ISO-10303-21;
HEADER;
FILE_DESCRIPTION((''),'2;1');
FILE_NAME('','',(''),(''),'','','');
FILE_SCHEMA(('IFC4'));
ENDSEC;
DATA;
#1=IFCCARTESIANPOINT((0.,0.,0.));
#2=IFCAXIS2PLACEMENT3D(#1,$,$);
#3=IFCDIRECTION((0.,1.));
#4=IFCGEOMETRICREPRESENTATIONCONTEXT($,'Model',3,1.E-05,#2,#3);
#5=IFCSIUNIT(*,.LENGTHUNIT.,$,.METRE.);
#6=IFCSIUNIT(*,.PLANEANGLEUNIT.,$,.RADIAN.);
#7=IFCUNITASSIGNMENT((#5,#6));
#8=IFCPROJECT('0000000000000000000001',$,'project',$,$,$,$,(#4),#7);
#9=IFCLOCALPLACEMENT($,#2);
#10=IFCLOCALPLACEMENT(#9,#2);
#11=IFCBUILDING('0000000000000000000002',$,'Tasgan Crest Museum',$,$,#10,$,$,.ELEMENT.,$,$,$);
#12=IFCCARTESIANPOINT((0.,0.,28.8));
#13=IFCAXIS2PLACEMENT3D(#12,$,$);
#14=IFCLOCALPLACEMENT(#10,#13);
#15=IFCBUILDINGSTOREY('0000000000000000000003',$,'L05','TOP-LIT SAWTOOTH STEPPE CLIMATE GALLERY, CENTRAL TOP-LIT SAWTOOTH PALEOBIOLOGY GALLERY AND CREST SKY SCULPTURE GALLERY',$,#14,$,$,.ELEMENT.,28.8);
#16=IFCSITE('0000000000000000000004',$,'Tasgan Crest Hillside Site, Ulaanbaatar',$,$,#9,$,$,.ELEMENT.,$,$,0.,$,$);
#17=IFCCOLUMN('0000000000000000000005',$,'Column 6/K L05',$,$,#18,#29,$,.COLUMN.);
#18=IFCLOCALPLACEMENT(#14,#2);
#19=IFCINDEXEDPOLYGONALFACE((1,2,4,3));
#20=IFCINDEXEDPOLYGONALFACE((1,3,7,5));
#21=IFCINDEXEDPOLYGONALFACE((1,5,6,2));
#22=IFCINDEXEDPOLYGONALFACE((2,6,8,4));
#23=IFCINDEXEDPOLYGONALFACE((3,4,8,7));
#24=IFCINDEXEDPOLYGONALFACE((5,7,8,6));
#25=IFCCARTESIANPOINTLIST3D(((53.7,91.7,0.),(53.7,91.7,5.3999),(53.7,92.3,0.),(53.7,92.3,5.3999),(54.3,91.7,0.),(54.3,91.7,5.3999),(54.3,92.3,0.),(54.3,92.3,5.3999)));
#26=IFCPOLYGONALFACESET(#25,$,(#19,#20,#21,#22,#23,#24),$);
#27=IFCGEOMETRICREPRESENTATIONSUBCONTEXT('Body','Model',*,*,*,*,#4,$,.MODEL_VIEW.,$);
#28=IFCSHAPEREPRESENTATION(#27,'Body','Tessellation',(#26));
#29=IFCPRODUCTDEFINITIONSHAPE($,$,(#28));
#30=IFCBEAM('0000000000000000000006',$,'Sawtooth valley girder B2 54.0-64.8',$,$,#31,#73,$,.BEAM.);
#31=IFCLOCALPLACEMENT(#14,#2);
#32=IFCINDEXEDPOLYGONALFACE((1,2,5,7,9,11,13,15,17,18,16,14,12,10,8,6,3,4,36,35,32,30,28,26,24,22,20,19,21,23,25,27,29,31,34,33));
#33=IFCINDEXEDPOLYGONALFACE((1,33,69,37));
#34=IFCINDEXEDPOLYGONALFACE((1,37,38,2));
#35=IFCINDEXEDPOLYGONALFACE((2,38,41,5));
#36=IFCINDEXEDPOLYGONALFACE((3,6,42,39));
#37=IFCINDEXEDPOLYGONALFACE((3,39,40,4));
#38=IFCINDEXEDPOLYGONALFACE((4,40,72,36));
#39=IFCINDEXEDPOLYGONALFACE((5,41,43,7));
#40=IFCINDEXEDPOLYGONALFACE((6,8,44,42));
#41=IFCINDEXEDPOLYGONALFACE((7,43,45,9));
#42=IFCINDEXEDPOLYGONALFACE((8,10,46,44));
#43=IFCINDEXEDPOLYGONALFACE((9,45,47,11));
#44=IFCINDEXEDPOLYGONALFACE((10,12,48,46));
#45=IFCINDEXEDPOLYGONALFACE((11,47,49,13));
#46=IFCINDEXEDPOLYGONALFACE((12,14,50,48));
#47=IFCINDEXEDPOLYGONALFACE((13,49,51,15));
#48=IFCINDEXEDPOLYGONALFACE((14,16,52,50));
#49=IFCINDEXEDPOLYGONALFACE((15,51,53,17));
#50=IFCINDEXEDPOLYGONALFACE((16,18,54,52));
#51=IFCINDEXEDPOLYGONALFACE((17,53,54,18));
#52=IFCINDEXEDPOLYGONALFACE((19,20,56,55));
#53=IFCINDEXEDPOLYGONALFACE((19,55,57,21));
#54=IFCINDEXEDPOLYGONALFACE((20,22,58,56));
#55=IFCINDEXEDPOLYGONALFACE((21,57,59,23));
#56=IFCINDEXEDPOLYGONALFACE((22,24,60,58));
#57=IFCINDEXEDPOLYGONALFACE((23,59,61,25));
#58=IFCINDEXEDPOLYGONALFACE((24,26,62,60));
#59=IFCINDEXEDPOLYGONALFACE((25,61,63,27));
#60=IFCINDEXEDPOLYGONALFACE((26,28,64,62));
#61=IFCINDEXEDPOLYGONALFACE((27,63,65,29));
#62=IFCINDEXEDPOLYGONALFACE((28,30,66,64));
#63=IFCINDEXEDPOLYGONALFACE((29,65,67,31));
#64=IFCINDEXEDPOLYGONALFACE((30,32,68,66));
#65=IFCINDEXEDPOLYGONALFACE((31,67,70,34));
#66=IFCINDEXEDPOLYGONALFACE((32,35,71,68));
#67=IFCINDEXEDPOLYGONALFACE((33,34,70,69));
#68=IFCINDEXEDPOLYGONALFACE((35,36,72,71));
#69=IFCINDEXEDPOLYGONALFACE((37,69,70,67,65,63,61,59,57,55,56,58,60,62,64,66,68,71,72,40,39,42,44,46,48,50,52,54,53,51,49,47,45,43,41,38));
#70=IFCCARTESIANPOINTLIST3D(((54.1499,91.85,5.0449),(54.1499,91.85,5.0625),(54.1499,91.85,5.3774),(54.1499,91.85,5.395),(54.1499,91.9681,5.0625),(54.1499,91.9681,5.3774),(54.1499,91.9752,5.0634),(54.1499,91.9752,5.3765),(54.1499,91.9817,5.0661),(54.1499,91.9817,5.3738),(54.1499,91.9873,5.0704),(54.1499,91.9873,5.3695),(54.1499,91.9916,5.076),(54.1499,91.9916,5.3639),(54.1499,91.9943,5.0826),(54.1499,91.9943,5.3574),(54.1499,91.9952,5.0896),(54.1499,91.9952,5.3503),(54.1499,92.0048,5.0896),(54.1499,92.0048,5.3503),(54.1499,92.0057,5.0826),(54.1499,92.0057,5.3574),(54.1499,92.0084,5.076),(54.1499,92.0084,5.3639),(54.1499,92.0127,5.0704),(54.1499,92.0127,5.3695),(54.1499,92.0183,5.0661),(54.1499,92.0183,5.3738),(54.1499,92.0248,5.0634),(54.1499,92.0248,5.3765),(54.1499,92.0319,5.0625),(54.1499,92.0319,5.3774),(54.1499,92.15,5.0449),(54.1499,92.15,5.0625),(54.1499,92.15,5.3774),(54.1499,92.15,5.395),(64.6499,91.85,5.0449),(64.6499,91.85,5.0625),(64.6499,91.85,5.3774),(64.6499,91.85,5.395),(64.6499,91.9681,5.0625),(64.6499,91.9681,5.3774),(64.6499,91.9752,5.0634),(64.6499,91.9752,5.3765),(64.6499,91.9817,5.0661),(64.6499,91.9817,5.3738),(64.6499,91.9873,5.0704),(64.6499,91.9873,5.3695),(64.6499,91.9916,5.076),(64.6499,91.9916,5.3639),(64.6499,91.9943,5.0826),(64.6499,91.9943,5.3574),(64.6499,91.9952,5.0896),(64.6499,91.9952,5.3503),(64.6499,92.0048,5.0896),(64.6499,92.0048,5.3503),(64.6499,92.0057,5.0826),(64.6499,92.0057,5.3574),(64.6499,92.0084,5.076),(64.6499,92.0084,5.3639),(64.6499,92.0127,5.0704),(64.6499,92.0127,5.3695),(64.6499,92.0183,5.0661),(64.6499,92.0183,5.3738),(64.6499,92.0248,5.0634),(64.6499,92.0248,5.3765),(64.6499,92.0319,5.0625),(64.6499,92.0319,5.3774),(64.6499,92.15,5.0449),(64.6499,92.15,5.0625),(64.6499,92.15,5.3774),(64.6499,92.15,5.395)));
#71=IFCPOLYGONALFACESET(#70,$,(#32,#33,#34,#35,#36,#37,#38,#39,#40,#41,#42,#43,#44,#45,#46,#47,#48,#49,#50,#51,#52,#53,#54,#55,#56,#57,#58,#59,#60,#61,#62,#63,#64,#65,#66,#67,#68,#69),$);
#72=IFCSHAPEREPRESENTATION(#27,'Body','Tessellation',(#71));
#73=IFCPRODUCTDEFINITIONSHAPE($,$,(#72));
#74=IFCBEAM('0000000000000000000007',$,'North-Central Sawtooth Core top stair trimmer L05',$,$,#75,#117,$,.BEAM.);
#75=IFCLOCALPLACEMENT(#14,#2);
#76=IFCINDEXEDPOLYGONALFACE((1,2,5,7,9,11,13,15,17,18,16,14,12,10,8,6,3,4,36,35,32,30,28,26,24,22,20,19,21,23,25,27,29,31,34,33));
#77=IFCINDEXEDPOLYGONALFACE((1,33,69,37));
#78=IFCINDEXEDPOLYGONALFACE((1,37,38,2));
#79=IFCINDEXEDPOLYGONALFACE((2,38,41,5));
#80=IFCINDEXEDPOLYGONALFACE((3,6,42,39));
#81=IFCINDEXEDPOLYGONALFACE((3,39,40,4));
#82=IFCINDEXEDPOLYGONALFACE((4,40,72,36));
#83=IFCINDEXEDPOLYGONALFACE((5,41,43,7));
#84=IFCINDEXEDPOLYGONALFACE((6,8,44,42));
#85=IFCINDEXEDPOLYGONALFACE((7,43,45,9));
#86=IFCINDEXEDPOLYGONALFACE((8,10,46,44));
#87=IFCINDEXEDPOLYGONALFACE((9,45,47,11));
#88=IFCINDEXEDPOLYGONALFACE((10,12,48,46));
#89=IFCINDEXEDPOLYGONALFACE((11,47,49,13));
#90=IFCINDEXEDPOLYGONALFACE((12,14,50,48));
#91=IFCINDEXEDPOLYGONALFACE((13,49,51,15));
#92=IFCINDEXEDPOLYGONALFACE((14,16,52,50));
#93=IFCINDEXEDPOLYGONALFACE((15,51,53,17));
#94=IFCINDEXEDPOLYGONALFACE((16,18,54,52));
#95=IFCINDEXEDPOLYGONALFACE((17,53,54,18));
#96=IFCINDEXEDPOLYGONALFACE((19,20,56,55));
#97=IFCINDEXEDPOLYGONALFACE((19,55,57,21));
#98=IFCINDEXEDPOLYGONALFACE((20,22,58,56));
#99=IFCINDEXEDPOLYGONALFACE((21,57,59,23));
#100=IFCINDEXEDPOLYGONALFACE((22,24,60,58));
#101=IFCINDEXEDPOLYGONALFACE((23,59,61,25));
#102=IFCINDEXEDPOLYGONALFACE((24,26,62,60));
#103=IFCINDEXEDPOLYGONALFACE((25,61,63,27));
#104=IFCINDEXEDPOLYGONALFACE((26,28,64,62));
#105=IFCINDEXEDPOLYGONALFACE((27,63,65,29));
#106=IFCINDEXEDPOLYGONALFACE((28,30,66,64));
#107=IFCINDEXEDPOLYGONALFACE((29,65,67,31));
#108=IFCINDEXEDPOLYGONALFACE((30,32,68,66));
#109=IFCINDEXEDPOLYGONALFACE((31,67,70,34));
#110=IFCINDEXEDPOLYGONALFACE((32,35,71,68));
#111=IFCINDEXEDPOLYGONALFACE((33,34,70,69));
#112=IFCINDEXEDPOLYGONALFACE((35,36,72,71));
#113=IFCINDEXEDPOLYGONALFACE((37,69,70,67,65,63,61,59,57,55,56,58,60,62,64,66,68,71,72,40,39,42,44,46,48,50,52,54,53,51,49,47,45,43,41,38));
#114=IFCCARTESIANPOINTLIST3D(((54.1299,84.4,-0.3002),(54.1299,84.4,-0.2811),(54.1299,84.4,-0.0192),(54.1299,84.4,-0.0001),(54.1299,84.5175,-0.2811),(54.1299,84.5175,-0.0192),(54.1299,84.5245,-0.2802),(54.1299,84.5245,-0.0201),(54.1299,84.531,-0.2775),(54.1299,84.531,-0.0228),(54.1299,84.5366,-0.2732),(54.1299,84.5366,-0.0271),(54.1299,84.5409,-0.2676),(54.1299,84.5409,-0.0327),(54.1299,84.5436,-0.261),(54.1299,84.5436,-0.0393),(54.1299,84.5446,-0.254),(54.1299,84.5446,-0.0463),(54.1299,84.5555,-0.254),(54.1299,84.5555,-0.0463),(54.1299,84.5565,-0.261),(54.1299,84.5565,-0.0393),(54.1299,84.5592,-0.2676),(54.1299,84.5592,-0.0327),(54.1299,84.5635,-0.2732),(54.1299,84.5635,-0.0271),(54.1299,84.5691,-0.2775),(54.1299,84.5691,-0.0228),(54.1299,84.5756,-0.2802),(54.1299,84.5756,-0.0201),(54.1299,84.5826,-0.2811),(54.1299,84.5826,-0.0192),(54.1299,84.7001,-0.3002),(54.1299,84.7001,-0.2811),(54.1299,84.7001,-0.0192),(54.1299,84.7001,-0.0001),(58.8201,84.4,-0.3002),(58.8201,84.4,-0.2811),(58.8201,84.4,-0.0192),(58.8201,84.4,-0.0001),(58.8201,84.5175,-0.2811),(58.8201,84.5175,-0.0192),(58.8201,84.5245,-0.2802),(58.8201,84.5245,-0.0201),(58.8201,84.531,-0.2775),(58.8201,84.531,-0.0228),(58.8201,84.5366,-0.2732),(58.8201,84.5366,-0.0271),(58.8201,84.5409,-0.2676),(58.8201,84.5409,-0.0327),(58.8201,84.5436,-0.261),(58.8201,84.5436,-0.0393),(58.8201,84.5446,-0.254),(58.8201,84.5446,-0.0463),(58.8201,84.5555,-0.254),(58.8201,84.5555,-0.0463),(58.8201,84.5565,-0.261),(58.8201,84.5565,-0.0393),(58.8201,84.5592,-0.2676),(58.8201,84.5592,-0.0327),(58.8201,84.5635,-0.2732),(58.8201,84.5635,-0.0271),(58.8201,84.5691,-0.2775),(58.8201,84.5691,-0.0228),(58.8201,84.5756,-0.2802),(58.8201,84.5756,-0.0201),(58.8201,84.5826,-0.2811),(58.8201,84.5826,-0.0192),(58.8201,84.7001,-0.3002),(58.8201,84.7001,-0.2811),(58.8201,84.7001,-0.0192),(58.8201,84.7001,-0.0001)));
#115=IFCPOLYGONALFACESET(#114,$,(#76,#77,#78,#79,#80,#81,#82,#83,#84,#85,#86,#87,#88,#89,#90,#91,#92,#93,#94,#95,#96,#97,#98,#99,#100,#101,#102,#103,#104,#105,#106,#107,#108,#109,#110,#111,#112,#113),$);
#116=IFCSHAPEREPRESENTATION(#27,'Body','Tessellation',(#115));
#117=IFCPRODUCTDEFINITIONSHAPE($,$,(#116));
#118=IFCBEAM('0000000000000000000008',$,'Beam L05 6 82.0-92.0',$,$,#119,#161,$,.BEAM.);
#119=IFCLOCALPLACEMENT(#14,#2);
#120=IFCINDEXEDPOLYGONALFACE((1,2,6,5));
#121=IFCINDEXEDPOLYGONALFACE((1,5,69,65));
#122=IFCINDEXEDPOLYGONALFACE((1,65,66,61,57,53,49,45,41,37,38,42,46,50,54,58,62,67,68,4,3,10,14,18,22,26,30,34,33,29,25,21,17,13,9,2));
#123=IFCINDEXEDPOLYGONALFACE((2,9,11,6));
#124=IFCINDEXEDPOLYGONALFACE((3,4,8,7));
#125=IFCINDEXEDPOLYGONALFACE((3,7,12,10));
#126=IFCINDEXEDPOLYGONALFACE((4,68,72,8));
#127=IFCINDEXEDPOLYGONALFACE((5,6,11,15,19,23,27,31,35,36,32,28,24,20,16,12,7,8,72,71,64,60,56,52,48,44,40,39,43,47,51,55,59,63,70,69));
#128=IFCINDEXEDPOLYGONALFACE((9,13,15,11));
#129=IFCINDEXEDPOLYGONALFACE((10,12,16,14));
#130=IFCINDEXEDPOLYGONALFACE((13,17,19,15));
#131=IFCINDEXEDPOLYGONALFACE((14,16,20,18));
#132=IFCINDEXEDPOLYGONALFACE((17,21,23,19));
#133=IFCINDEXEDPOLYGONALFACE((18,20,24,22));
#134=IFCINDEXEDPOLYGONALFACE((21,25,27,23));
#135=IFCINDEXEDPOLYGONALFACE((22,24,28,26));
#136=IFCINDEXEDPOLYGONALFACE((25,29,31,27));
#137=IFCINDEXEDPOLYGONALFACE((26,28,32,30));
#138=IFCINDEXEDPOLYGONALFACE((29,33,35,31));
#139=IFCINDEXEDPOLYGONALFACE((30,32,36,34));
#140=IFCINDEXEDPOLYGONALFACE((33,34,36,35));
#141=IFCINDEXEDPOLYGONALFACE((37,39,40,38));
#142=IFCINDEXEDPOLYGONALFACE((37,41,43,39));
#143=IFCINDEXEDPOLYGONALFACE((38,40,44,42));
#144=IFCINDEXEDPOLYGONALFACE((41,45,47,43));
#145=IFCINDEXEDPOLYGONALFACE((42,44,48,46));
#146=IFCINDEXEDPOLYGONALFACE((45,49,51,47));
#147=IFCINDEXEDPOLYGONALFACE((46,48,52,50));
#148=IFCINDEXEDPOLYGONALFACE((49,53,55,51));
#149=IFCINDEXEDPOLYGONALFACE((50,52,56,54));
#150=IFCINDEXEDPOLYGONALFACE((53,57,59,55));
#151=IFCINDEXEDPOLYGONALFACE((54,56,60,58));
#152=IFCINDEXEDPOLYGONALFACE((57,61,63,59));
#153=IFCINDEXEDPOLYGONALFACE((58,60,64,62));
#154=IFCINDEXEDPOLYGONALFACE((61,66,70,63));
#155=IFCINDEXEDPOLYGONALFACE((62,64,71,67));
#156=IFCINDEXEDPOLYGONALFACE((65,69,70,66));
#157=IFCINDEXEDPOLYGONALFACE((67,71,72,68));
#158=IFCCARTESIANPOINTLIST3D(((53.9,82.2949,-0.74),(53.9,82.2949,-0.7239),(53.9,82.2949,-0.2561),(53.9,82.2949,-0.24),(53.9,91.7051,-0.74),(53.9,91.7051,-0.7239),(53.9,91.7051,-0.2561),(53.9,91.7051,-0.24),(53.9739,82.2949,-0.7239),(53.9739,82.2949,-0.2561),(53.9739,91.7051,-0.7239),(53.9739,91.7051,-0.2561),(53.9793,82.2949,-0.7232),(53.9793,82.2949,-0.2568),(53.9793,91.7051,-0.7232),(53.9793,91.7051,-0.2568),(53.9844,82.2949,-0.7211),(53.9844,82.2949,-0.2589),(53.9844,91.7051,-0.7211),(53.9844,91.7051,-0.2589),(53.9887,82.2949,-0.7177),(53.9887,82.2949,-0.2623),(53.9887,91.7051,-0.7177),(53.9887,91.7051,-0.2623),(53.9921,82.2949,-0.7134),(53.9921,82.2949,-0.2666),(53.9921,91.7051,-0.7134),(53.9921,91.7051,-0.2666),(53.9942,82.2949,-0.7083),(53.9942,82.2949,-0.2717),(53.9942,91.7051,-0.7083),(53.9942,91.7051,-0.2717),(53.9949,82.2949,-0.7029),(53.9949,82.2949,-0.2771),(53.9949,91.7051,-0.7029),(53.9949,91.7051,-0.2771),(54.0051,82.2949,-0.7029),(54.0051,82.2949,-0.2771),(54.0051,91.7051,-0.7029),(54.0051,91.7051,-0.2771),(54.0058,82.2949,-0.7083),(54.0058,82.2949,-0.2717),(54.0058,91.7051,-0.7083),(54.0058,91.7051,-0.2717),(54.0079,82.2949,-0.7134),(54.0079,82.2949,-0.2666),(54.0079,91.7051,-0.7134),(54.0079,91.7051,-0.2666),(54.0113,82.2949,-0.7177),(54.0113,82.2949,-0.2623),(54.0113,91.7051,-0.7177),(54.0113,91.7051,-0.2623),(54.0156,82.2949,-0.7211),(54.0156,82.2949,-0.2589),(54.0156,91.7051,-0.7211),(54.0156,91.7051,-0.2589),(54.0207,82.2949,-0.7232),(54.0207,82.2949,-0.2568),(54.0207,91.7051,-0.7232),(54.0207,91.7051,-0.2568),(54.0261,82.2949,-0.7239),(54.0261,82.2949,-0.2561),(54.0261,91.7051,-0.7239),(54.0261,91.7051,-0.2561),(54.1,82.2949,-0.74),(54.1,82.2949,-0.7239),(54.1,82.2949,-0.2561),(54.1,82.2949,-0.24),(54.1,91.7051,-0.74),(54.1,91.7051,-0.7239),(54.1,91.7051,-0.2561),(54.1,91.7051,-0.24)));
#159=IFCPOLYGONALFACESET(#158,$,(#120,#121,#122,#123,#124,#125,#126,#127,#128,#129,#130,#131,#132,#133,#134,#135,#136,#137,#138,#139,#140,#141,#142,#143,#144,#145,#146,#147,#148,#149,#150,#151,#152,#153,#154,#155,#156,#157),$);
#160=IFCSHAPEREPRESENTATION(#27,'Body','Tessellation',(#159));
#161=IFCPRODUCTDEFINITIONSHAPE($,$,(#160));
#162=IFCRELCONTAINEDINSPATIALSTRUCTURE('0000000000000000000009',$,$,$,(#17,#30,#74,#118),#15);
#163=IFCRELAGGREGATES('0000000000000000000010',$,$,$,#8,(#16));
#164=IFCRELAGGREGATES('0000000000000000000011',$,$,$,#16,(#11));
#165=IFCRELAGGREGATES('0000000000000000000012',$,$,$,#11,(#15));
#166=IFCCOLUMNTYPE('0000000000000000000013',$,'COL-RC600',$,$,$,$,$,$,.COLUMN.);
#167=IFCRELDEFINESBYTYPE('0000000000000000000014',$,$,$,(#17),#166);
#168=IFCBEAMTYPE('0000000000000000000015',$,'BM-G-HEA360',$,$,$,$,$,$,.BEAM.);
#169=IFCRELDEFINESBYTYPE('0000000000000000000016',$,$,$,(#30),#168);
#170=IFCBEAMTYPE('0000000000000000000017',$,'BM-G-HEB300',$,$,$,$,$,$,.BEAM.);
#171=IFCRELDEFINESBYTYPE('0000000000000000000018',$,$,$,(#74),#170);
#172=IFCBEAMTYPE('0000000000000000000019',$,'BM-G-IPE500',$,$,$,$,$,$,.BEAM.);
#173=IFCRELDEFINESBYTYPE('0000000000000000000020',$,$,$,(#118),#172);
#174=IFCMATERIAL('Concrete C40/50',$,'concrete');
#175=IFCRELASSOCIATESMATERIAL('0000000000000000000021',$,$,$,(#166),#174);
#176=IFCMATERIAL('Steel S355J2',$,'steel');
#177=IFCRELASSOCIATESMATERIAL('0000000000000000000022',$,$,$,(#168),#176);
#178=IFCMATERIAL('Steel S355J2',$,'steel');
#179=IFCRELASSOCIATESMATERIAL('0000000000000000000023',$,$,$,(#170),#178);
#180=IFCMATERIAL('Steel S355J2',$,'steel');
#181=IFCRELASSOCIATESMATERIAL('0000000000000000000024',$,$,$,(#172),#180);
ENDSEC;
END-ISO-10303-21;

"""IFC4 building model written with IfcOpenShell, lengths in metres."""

from ifc_helpers import new_model, si_unit, direction, frame, origin, origin_2d, place, context, subcontext, project, spatial, rectangle, i_section, extrude, material, material_profile, profile_set, type_object, element, save


model = new_model("IFC4")

# Units and contexts
model_context = context("Model", 3, precision=1e-05, world=origin(), true_north=direction((0.0, 1.0)))
body_context = subcontext(model_context, "Body", "Model", "MODEL_VIEW")
ifc_project = project(units=[si_unit("LENGTHUNIT", "METRE"), si_unit("PLANEANGLEUNIT", "RADIAN")], contexts=[model_context])

# Site, building, storey
site_placement = place(None, origin())
site = spatial("IfcSite", under=ifc_project, at=site_placement, Name="Tasgan Crest Hillside Site, Ulaanbaatar", CompositionType="ELEMENT", RefElevation=0.0)
building_placement = place(site_placement, origin())
building = spatial("IfcBuilding", under=site, at=building_placement, Name="Tasgan Crest Museum", CompositionType="ELEMENT")
storey_placement = place(building_placement, frame((0.0, 0.0, 28.8)))
storey = spatial("IfcBuildingStorey", under=building, at=storey_placement, Name="L05", Description="TOP-LIT SAWTOOTH STEPPE CLIMATE GALLERY, CENTRAL TOP-LIT SAWTOOTH PALEOBIOLOGY GALLERY AND CREST SKY SCULPTURE GALLERY", CompositionType="ELEMENT", Elevation=28.8)

# Column
ifc_material_1 = material(Name="Concrete C40/50", Category="concrete")
ifc_material_profile_1 = material_profile(ifc_material_1, rectangle(XDim=0.6001, YDim=0.6001, at=origin_2d()), Name="RC 600x600")
ifc_profile_set_1 = profile_set([ifc_material_profile_1], Name="Concrete C40/50")
column_type = type_object("IfcColumnType", Name="COL-RC600", PredefinedType="COLUMN", material=ifc_profile_set_1)
column_placement = place(storey_placement, frame((54.0, 92.0, 0.0), z_axis=(0.0, 0.0, 1.0), x_axis=(1.0, 0.0, 0.0)))
element("IfcColumn", 1, at=column_placement, inside=storey, type_object=column_type, Name="Column 6/K L05", PredefinedType="COLUMN", context=body_context, shape_type="SweptSolid", body=[
    extrude(rectangle(XDim=0.6001, YDim=0.6001, at=origin_2d()), origin(), (0.0, 0.0, 1.0), 5.3999),
])

# Beams
ifc_material_2 = material(Name="Steel S355J2", Category="steel")
ifc_material_profile_2 = material_profile(ifc_material_2, i_section(OverallWidth=0.3, OverallDepth=0.3501, WebThickness=0.0095, FlangeThickness=0.0176, FilletRadius=0.0271, at=origin_2d()), Name="HEA 360")
ifc_profile_set_2 = profile_set([ifc_material_profile_2], Name="Steel S355J2")
beam_type_1 = type_object("IfcBeamType", Name="BM-G-HEA360", PredefinedType="BEAM", material=ifc_profile_set_2)
beam_1_placement = place(storey_placement, frame((54.1499, 92.0, 5.22), z_axis=(1.0, 0.0, 0.0), x_axis=(0.0, 1.0, 0.0)))
element("IfcBeam", 2, at=beam_1_placement, inside=storey, type_object=beam_type_1, Name="Sawtooth valley girder B2 54.0-64.8", PredefinedType="BEAM", context=body_context, shape_type="SweptSolid", body=[
    extrude(i_section(OverallWidth=0.3, OverallDepth=0.3501, WebThickness=0.0095, FlangeThickness=0.0176, FilletRadius=0.0271, at=origin_2d()), origin(), (0.0, 0.0, 1.0), 10.5),
])
ifc_material_3 = material(Name="Steel S355J2", Category="steel")
ifc_material_profile_3 = material_profile(ifc_material_3, i_section(OverallWidth=0.3, OverallDepth=0.3, WebThickness=0.011, FlangeThickness=0.019, FilletRadius=0.0271, at=origin_2d()), Name="HEB 300")
ifc_profile_set_3 = profile_set([ifc_material_profile_3], Name="Steel S355J2")
beam_type_2 = type_object("IfcBeamType", Name="BM-G-HEB300", PredefinedType="BEAM", material=ifc_profile_set_3)
beam_2_placement = place(storey_placement, frame((54.1299, 84.55, -0.1501), z_axis=(1.0, 0.0, 0.0), x_axis=(0.0, 1.0, 0.0)))
element("IfcBeam", 3, at=beam_2_placement, inside=storey, type_object=beam_type_2, Name="North-Central Sawtooth Core top stair trimmer L05", PredefinedType="BEAM", context=body_context, shape_type="SweptSolid", body=[
    extrude(i_section(OverallWidth=0.3, OverallDepth=0.3, WebThickness=0.011, FlangeThickness=0.019, FilletRadius=0.0271, at=origin_2d()), origin(), (0.0, 0.0, 1.0), 4.6902),
])
ifc_material_4 = material(Name="Steel S355J2", Category="steel")
ifc_material_profile_4 = material_profile(ifc_material_4, i_section(OverallWidth=0.2, OverallDepth=0.5, WebThickness=0.0103, FlangeThickness=0.0161, FilletRadius=0.021, at=origin_2d()), Name="IPE 500")
ifc_profile_set_4 = profile_set([ifc_material_profile_4], Name="Steel S355J2")
beam_type_3 = type_object("IfcBeamType", Name="BM-G-IPE500", PredefinedType="BEAM", material=ifc_profile_set_4)
beam_3_placement = place(storey_placement, frame((54.0, 82.2949, -0.49), z_axis=(0.0, 1.0, 0.0), x_axis=(-1.0, 0.0, 0.0)))
element("IfcBeam", 4, at=beam_3_placement, inside=storey, type_object=beam_type_3, Name="Beam L05 6 82.0-92.0", PredefinedType="BEAM", context=body_context, shape_type="SweptSolid", body=[
    extrude(i_section(OverallWidth=0.2, OverallDepth=0.5, WebThickness=0.0103, FlangeThickness=0.0161, FilletRadius=0.021, at=origin_2d()), origin(), (0.0, 0.0, 1.0), 9.4102),
])

save(model, "model.ifc")
